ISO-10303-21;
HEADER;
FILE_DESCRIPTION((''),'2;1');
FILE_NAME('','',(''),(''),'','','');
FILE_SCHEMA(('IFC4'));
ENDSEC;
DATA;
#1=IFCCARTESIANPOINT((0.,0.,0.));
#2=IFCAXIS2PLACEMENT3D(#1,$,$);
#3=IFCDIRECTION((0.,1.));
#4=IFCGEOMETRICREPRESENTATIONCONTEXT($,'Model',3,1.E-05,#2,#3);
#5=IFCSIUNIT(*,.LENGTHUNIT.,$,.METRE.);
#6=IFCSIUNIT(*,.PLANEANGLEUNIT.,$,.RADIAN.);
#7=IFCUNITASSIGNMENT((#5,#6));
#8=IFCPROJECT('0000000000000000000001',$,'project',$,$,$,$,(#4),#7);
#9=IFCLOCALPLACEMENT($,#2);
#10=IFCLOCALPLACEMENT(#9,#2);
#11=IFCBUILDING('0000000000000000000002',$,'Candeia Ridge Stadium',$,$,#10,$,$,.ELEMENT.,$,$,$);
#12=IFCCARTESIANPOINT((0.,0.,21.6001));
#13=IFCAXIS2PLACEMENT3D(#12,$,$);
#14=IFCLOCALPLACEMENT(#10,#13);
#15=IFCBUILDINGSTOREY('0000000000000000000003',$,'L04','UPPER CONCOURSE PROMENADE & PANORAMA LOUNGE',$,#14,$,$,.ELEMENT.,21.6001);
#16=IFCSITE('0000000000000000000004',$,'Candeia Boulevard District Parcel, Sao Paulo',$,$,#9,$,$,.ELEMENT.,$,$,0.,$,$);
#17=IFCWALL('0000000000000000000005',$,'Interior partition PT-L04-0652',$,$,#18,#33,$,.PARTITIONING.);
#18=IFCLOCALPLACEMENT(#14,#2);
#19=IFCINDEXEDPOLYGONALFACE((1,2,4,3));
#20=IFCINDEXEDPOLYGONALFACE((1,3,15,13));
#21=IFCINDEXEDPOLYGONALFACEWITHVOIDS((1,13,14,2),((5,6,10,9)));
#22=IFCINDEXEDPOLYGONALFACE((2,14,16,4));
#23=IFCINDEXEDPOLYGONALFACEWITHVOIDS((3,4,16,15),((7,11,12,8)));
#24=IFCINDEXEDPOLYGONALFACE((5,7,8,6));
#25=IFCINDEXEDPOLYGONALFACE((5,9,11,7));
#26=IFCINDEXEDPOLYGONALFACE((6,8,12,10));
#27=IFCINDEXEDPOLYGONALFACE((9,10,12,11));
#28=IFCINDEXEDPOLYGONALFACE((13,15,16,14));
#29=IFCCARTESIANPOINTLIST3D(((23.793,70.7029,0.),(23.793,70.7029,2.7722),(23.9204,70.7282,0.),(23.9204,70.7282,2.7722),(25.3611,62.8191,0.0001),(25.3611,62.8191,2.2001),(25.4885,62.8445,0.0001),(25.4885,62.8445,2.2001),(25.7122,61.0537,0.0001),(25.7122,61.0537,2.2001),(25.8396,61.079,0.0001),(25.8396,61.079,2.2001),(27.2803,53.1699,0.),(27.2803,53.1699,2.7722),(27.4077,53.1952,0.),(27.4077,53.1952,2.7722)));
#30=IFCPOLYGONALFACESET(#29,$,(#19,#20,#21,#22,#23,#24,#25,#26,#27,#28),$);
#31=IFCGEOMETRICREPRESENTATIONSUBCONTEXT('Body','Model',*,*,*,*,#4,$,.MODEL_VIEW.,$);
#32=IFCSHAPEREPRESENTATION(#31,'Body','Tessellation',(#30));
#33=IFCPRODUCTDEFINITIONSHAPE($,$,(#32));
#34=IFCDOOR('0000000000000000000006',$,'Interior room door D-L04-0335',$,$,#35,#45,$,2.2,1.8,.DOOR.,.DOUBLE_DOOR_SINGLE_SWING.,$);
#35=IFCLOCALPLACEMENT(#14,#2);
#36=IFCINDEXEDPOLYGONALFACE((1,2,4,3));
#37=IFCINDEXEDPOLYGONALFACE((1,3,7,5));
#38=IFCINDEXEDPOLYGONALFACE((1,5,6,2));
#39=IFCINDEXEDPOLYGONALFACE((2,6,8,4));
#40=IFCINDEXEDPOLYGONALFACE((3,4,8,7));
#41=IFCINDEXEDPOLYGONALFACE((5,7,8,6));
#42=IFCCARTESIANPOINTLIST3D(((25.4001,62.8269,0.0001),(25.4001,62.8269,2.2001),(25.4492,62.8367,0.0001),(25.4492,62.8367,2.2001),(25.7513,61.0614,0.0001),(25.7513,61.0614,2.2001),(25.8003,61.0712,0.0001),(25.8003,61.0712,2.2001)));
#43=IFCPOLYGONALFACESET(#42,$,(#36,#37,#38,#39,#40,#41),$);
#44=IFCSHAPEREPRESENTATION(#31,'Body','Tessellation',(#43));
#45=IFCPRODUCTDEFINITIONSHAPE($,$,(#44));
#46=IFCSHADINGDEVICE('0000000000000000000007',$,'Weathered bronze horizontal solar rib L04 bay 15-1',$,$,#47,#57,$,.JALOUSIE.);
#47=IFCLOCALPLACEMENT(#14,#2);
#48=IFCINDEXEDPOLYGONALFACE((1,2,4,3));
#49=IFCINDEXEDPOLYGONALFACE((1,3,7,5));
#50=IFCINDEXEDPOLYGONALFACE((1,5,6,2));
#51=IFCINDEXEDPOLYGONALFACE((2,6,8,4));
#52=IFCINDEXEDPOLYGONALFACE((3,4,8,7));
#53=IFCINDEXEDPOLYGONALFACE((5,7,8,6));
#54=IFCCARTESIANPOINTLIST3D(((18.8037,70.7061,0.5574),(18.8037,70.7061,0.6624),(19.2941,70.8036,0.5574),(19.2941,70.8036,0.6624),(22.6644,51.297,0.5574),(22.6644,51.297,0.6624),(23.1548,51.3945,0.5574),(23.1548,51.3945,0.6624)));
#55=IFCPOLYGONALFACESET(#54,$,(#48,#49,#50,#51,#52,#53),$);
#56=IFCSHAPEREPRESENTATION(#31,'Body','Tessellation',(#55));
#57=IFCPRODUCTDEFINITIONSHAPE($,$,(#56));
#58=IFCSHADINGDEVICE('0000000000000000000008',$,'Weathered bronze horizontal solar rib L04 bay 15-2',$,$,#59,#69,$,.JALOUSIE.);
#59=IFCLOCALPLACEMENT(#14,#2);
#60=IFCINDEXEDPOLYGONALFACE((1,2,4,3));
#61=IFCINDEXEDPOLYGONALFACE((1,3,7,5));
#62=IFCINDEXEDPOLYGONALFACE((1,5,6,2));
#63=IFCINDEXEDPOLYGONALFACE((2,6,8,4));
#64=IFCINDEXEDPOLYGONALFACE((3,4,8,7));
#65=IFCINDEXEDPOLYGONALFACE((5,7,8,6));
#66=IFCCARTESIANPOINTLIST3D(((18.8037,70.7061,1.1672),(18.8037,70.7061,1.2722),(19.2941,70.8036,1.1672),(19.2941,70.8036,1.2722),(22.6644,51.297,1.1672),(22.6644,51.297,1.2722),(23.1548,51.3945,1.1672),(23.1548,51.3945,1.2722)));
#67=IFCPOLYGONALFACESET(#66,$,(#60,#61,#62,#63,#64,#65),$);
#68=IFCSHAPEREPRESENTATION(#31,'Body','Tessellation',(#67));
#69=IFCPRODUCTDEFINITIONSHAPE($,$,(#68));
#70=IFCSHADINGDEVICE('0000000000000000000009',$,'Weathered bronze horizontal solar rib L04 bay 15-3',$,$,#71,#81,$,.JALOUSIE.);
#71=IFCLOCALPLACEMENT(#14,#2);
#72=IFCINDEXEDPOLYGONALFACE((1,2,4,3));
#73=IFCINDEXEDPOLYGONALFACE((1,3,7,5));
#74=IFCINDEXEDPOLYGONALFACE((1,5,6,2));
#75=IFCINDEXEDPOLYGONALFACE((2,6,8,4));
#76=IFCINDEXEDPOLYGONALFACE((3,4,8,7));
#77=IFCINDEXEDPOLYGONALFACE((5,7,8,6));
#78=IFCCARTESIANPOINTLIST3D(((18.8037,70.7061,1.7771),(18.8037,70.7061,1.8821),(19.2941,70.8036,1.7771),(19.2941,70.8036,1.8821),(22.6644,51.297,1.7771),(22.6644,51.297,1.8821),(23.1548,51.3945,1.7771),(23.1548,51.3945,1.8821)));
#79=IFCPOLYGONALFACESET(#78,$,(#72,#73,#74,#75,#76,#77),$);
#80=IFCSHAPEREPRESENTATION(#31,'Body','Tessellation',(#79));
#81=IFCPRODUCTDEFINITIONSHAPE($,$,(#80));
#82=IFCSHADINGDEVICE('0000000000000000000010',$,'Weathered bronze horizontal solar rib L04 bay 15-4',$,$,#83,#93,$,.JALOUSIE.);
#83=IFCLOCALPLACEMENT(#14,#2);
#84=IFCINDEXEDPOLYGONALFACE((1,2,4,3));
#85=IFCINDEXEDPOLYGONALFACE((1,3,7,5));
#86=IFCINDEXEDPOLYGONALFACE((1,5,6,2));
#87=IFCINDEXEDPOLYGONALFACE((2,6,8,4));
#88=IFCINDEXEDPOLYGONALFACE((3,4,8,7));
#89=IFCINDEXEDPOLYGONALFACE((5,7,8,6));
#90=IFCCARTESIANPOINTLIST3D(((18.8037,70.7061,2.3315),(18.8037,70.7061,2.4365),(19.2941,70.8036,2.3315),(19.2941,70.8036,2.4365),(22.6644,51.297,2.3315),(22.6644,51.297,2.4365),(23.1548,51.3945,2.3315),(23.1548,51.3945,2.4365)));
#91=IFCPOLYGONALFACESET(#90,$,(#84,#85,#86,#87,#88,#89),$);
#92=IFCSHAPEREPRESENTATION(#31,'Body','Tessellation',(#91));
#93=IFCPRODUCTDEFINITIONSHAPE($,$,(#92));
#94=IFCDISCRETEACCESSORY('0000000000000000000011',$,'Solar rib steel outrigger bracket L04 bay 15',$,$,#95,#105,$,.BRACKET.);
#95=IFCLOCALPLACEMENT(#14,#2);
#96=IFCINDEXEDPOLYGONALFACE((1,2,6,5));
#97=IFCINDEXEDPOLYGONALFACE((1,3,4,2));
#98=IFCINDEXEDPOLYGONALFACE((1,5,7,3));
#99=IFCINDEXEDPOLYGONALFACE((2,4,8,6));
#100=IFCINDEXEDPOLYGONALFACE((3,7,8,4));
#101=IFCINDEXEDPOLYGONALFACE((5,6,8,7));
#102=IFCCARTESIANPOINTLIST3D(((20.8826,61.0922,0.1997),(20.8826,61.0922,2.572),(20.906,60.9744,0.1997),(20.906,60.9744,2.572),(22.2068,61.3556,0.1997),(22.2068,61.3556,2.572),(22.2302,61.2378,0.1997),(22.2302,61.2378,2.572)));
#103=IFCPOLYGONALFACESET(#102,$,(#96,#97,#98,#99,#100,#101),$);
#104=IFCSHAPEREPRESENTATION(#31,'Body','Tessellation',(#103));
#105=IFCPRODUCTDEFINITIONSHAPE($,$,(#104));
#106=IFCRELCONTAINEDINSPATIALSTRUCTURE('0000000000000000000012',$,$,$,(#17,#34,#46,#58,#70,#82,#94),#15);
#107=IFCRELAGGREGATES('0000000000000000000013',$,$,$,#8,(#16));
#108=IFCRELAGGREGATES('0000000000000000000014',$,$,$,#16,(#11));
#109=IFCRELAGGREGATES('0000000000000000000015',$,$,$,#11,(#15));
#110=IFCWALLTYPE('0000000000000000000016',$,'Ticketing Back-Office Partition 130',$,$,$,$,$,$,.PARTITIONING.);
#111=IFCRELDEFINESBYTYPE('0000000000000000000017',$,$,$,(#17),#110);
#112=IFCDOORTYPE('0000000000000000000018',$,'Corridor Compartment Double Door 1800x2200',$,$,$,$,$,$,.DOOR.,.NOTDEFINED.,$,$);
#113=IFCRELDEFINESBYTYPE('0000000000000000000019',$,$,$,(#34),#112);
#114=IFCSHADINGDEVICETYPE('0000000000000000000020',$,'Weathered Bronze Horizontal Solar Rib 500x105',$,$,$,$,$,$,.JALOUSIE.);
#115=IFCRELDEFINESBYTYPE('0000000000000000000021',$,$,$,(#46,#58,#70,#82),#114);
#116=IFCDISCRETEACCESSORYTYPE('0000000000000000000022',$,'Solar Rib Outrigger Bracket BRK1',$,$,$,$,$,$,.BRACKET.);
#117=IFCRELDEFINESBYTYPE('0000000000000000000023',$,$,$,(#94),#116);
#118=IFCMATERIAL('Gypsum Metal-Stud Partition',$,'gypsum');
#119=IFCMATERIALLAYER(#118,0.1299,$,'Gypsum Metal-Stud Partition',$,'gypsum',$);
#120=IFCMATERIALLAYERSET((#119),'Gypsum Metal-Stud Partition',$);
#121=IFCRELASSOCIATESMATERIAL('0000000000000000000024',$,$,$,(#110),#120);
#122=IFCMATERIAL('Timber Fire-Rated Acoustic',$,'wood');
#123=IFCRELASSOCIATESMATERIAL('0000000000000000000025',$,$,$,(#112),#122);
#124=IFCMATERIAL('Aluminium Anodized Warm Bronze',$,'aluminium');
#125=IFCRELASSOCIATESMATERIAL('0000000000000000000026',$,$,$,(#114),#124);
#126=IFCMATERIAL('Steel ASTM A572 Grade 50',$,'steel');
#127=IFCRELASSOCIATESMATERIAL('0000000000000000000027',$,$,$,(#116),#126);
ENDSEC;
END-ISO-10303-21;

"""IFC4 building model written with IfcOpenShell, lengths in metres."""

from ifc_helpers import new_model, si_unit, direction, frame, frame_2d, origin, origin_2d, place, context, subcontext, project, spatial, rectangle, extrude, material, layer, layer_set, type_object, element, fill, save


model = new_model("IFC4")

# Units and contexts
model_context = context("Model", 3, precision=1e-05, world=origin(), true_north=direction((0.0, 1.0)))
body_context = subcontext(model_context, "Body", "Model", "MODEL_VIEW")
ifc_project = project(units=[si_unit("LENGTHUNIT", "METRE"), si_unit("PLANEANGLEUNIT", "RADIAN")], contexts=[model_context])

# Site, building, storey
site_placement = place(None, origin())
site = spatial("IfcSite", under=ifc_project, at=site_placement, Name="Candeia Boulevard District Parcel, Sao Paulo", CompositionType="ELEMENT", RefElevation=0.0)
building_placement = place(site_placement, origin())
building = spatial("IfcBuilding", under=site, at=building_placement, Name="Candeia Ridge Stadium", CompositionType="ELEMENT")
storey_placement = place(building_placement, frame((0.0, 0.0, 21.6001)))
storey = spatial("IfcBuildingStorey", under=building, at=storey_placement, Name="L04", Description="UPPER CONCOURSE PROMENADE & PANORAMA LOUNGE", CompositionType="ELEMENT", Elevation=21.6001)

# Shared definitions
ifc_material_1 = material(Name="Aluminium Anodized Warm Bronze", Category="aluminium")

# Wall, opening, door
ifc_material_2 = material(Name="Gypsum Metal-Stud Partition", Category="gypsum")
ifc_layer_1 = layer(ifc_material_2, 0.1299, Name="Gypsum Metal-Stud Partition", Category="gypsum")
ifc_layer_set_1 = layer_set([ifc_layer_1], Name="Gypsum Metal-Stud Partition")
wall_type = type_object("IfcWallType", Name="Ticketing Back-Office Partition 130", PredefinedType="PARTITIONING", material=ifc_layer_set_1)
wall_placement = place(storey_placement, frame((23.8567, 70.7156, 0.0), z_axis=(0.0, 0.0, 1.0), x_axis=(0.195079, -0.980788, 0.0)))
wall = element("IfcWall", 1, at=wall_placement, inside=storey, type_object=wall_type, Name="Interior partition PT-L04-0652", PredefinedType="PARTITIONING", context=body_context, shape_type="SweptSolid", body=[
    extrude(rectangle(XDim=17.8765, YDim=0.1299, at=frame_2d((8.9382, 0.0))), origin(), (0.0, 0.0, 1.0), 2.7722),
])
opening_placement = place(wall_placement, frame((8.0383, 0.0, 0.0)))
opening = element("IfcOpeningElement", 2, at=opening_placement, cuts=wall, PredefinedType="OPENING", context=body_context, shape_type="SweptSolid", body=[
    extrude(rectangle(XDim=1.8, YDim=2.2, at=frame_2d((0.8999, 1.1001))), frame((0.0, 0.075, 0.0), z_axis=(0.0, -1.0, 0.0), x_axis=(1.0, 0.0, 0.0)), (0.0, 0.0, 1.0), 0.1499),
])
ifc_material_3 = material(Name="Timber Fire-Rated Acoustic", Category="wood")
door_type = type_object("IfcDoorType", Name="Corridor Compartment Double Door 1800x2200", OperationType="NOTDEFINED", PredefinedType="DOOR", material=ifc_material_3)
door_placement = place(opening_placement, origin())
door = element("IfcDoor", 3, at=door_placement, inside=storey, type_object=door_type, Name="Interior room door D-L04-0335", OperationType="DOUBLE_DOOR_SINGLE_SWING", OverallHeight=2.2, OverallWidth=1.8, PredefinedType="DOOR", context=body_context, shape_type="SweptSolid", body=[
    extrude(rectangle(XDim=1.8, YDim=2.2, at=frame_2d((0.8999, 1.1001))), frame((0.0, 0.0249, 0.0), z_axis=(0.0, -1.0, 0.0), x_axis=(1.0, 0.0, 0.0)), (0.0, 0.0, 1.0), 0.05),
])
fill(opening, door)

# Shading devices
shading_device_type = type_object("IfcShadingDeviceType", Name="Weathered Bronze Horizontal Solar Rib 500x105", PredefinedType="JALOUSIE", material=ifc_material_1)
for number, where, z_axis, x_axis, name in (
    (4, (20.9792, 61.0503, 0.5574), (0.0, 0.0, 1.0), (0.19509, -0.980785, 0.0), "Weathered bronze horizontal solar rib L04 bay 15-1"),
    (5, (20.9792, 61.0503, 1.1672), (0.0, 0.0, 1.0), (0.19509, -0.980785, 0.0), "Weathered bronze horizontal solar rib L04 bay 15-2"),
    (6, (20.9792, 61.0503, 1.7771), (0.0, 0.0, 1.0), (0.19509, -0.980785, 0.0), "Weathered bronze horizontal solar rib L04 bay 15-3"),
    (7, (20.9792, 61.0503, 2.3315), (0.0, 0.0, 1.0), (0.19509, -0.980785, 0.0), "Weathered bronze horizontal solar rib L04 bay 15-4"),
):
    element("IfcShadingDevice", number, at=place(storey_placement, frame(where, z_axis=z_axis, x_axis=x_axis)), inside=storey, type_object=shading_device_type, Name=name, PredefinedType="JALOUSIE", context=body_context, shape_type="SweptSolid", body=[
        extrude(rectangle(XDim=19.7893, YDim=0.5, at=origin_2d()), origin(), (0.0, 0.0, 1.0), 0.105),
    ])

# Discrete accessory
ifc_material_4 = material(Name="Steel ASTM A572 Grade 50", Category="steel")
discrete_accessory_type = type_object("IfcDiscreteAccessoryType", Name="Solar Rib Outrigger Bracket BRK1", PredefinedType="BRACKET", material=ifc_material_4)
discrete_accessory_placement = place(storey_placement, frame((21.5564, 61.165, 0.1997), z_axis=(0.0, 0.0, 1.0), x_axis=(-0.980785, -0.19509, 0.0)))
element("IfcDiscreteAccessory", 8, at=discrete_accessory_placement, inside=storey, type_object=discrete_accessory_type, Name="Solar rib steel outrigger bracket L04 bay 15", PredefinedType="BRACKET", context=body_context, shape_type="SweptSolid", body=[
    extrude(rectangle(XDim=1.3501, YDim=0.1201, at=origin_2d()), origin(), (0.0, 0.0, 1.0), 2.3723),
])

save(model, "model.ifc")
